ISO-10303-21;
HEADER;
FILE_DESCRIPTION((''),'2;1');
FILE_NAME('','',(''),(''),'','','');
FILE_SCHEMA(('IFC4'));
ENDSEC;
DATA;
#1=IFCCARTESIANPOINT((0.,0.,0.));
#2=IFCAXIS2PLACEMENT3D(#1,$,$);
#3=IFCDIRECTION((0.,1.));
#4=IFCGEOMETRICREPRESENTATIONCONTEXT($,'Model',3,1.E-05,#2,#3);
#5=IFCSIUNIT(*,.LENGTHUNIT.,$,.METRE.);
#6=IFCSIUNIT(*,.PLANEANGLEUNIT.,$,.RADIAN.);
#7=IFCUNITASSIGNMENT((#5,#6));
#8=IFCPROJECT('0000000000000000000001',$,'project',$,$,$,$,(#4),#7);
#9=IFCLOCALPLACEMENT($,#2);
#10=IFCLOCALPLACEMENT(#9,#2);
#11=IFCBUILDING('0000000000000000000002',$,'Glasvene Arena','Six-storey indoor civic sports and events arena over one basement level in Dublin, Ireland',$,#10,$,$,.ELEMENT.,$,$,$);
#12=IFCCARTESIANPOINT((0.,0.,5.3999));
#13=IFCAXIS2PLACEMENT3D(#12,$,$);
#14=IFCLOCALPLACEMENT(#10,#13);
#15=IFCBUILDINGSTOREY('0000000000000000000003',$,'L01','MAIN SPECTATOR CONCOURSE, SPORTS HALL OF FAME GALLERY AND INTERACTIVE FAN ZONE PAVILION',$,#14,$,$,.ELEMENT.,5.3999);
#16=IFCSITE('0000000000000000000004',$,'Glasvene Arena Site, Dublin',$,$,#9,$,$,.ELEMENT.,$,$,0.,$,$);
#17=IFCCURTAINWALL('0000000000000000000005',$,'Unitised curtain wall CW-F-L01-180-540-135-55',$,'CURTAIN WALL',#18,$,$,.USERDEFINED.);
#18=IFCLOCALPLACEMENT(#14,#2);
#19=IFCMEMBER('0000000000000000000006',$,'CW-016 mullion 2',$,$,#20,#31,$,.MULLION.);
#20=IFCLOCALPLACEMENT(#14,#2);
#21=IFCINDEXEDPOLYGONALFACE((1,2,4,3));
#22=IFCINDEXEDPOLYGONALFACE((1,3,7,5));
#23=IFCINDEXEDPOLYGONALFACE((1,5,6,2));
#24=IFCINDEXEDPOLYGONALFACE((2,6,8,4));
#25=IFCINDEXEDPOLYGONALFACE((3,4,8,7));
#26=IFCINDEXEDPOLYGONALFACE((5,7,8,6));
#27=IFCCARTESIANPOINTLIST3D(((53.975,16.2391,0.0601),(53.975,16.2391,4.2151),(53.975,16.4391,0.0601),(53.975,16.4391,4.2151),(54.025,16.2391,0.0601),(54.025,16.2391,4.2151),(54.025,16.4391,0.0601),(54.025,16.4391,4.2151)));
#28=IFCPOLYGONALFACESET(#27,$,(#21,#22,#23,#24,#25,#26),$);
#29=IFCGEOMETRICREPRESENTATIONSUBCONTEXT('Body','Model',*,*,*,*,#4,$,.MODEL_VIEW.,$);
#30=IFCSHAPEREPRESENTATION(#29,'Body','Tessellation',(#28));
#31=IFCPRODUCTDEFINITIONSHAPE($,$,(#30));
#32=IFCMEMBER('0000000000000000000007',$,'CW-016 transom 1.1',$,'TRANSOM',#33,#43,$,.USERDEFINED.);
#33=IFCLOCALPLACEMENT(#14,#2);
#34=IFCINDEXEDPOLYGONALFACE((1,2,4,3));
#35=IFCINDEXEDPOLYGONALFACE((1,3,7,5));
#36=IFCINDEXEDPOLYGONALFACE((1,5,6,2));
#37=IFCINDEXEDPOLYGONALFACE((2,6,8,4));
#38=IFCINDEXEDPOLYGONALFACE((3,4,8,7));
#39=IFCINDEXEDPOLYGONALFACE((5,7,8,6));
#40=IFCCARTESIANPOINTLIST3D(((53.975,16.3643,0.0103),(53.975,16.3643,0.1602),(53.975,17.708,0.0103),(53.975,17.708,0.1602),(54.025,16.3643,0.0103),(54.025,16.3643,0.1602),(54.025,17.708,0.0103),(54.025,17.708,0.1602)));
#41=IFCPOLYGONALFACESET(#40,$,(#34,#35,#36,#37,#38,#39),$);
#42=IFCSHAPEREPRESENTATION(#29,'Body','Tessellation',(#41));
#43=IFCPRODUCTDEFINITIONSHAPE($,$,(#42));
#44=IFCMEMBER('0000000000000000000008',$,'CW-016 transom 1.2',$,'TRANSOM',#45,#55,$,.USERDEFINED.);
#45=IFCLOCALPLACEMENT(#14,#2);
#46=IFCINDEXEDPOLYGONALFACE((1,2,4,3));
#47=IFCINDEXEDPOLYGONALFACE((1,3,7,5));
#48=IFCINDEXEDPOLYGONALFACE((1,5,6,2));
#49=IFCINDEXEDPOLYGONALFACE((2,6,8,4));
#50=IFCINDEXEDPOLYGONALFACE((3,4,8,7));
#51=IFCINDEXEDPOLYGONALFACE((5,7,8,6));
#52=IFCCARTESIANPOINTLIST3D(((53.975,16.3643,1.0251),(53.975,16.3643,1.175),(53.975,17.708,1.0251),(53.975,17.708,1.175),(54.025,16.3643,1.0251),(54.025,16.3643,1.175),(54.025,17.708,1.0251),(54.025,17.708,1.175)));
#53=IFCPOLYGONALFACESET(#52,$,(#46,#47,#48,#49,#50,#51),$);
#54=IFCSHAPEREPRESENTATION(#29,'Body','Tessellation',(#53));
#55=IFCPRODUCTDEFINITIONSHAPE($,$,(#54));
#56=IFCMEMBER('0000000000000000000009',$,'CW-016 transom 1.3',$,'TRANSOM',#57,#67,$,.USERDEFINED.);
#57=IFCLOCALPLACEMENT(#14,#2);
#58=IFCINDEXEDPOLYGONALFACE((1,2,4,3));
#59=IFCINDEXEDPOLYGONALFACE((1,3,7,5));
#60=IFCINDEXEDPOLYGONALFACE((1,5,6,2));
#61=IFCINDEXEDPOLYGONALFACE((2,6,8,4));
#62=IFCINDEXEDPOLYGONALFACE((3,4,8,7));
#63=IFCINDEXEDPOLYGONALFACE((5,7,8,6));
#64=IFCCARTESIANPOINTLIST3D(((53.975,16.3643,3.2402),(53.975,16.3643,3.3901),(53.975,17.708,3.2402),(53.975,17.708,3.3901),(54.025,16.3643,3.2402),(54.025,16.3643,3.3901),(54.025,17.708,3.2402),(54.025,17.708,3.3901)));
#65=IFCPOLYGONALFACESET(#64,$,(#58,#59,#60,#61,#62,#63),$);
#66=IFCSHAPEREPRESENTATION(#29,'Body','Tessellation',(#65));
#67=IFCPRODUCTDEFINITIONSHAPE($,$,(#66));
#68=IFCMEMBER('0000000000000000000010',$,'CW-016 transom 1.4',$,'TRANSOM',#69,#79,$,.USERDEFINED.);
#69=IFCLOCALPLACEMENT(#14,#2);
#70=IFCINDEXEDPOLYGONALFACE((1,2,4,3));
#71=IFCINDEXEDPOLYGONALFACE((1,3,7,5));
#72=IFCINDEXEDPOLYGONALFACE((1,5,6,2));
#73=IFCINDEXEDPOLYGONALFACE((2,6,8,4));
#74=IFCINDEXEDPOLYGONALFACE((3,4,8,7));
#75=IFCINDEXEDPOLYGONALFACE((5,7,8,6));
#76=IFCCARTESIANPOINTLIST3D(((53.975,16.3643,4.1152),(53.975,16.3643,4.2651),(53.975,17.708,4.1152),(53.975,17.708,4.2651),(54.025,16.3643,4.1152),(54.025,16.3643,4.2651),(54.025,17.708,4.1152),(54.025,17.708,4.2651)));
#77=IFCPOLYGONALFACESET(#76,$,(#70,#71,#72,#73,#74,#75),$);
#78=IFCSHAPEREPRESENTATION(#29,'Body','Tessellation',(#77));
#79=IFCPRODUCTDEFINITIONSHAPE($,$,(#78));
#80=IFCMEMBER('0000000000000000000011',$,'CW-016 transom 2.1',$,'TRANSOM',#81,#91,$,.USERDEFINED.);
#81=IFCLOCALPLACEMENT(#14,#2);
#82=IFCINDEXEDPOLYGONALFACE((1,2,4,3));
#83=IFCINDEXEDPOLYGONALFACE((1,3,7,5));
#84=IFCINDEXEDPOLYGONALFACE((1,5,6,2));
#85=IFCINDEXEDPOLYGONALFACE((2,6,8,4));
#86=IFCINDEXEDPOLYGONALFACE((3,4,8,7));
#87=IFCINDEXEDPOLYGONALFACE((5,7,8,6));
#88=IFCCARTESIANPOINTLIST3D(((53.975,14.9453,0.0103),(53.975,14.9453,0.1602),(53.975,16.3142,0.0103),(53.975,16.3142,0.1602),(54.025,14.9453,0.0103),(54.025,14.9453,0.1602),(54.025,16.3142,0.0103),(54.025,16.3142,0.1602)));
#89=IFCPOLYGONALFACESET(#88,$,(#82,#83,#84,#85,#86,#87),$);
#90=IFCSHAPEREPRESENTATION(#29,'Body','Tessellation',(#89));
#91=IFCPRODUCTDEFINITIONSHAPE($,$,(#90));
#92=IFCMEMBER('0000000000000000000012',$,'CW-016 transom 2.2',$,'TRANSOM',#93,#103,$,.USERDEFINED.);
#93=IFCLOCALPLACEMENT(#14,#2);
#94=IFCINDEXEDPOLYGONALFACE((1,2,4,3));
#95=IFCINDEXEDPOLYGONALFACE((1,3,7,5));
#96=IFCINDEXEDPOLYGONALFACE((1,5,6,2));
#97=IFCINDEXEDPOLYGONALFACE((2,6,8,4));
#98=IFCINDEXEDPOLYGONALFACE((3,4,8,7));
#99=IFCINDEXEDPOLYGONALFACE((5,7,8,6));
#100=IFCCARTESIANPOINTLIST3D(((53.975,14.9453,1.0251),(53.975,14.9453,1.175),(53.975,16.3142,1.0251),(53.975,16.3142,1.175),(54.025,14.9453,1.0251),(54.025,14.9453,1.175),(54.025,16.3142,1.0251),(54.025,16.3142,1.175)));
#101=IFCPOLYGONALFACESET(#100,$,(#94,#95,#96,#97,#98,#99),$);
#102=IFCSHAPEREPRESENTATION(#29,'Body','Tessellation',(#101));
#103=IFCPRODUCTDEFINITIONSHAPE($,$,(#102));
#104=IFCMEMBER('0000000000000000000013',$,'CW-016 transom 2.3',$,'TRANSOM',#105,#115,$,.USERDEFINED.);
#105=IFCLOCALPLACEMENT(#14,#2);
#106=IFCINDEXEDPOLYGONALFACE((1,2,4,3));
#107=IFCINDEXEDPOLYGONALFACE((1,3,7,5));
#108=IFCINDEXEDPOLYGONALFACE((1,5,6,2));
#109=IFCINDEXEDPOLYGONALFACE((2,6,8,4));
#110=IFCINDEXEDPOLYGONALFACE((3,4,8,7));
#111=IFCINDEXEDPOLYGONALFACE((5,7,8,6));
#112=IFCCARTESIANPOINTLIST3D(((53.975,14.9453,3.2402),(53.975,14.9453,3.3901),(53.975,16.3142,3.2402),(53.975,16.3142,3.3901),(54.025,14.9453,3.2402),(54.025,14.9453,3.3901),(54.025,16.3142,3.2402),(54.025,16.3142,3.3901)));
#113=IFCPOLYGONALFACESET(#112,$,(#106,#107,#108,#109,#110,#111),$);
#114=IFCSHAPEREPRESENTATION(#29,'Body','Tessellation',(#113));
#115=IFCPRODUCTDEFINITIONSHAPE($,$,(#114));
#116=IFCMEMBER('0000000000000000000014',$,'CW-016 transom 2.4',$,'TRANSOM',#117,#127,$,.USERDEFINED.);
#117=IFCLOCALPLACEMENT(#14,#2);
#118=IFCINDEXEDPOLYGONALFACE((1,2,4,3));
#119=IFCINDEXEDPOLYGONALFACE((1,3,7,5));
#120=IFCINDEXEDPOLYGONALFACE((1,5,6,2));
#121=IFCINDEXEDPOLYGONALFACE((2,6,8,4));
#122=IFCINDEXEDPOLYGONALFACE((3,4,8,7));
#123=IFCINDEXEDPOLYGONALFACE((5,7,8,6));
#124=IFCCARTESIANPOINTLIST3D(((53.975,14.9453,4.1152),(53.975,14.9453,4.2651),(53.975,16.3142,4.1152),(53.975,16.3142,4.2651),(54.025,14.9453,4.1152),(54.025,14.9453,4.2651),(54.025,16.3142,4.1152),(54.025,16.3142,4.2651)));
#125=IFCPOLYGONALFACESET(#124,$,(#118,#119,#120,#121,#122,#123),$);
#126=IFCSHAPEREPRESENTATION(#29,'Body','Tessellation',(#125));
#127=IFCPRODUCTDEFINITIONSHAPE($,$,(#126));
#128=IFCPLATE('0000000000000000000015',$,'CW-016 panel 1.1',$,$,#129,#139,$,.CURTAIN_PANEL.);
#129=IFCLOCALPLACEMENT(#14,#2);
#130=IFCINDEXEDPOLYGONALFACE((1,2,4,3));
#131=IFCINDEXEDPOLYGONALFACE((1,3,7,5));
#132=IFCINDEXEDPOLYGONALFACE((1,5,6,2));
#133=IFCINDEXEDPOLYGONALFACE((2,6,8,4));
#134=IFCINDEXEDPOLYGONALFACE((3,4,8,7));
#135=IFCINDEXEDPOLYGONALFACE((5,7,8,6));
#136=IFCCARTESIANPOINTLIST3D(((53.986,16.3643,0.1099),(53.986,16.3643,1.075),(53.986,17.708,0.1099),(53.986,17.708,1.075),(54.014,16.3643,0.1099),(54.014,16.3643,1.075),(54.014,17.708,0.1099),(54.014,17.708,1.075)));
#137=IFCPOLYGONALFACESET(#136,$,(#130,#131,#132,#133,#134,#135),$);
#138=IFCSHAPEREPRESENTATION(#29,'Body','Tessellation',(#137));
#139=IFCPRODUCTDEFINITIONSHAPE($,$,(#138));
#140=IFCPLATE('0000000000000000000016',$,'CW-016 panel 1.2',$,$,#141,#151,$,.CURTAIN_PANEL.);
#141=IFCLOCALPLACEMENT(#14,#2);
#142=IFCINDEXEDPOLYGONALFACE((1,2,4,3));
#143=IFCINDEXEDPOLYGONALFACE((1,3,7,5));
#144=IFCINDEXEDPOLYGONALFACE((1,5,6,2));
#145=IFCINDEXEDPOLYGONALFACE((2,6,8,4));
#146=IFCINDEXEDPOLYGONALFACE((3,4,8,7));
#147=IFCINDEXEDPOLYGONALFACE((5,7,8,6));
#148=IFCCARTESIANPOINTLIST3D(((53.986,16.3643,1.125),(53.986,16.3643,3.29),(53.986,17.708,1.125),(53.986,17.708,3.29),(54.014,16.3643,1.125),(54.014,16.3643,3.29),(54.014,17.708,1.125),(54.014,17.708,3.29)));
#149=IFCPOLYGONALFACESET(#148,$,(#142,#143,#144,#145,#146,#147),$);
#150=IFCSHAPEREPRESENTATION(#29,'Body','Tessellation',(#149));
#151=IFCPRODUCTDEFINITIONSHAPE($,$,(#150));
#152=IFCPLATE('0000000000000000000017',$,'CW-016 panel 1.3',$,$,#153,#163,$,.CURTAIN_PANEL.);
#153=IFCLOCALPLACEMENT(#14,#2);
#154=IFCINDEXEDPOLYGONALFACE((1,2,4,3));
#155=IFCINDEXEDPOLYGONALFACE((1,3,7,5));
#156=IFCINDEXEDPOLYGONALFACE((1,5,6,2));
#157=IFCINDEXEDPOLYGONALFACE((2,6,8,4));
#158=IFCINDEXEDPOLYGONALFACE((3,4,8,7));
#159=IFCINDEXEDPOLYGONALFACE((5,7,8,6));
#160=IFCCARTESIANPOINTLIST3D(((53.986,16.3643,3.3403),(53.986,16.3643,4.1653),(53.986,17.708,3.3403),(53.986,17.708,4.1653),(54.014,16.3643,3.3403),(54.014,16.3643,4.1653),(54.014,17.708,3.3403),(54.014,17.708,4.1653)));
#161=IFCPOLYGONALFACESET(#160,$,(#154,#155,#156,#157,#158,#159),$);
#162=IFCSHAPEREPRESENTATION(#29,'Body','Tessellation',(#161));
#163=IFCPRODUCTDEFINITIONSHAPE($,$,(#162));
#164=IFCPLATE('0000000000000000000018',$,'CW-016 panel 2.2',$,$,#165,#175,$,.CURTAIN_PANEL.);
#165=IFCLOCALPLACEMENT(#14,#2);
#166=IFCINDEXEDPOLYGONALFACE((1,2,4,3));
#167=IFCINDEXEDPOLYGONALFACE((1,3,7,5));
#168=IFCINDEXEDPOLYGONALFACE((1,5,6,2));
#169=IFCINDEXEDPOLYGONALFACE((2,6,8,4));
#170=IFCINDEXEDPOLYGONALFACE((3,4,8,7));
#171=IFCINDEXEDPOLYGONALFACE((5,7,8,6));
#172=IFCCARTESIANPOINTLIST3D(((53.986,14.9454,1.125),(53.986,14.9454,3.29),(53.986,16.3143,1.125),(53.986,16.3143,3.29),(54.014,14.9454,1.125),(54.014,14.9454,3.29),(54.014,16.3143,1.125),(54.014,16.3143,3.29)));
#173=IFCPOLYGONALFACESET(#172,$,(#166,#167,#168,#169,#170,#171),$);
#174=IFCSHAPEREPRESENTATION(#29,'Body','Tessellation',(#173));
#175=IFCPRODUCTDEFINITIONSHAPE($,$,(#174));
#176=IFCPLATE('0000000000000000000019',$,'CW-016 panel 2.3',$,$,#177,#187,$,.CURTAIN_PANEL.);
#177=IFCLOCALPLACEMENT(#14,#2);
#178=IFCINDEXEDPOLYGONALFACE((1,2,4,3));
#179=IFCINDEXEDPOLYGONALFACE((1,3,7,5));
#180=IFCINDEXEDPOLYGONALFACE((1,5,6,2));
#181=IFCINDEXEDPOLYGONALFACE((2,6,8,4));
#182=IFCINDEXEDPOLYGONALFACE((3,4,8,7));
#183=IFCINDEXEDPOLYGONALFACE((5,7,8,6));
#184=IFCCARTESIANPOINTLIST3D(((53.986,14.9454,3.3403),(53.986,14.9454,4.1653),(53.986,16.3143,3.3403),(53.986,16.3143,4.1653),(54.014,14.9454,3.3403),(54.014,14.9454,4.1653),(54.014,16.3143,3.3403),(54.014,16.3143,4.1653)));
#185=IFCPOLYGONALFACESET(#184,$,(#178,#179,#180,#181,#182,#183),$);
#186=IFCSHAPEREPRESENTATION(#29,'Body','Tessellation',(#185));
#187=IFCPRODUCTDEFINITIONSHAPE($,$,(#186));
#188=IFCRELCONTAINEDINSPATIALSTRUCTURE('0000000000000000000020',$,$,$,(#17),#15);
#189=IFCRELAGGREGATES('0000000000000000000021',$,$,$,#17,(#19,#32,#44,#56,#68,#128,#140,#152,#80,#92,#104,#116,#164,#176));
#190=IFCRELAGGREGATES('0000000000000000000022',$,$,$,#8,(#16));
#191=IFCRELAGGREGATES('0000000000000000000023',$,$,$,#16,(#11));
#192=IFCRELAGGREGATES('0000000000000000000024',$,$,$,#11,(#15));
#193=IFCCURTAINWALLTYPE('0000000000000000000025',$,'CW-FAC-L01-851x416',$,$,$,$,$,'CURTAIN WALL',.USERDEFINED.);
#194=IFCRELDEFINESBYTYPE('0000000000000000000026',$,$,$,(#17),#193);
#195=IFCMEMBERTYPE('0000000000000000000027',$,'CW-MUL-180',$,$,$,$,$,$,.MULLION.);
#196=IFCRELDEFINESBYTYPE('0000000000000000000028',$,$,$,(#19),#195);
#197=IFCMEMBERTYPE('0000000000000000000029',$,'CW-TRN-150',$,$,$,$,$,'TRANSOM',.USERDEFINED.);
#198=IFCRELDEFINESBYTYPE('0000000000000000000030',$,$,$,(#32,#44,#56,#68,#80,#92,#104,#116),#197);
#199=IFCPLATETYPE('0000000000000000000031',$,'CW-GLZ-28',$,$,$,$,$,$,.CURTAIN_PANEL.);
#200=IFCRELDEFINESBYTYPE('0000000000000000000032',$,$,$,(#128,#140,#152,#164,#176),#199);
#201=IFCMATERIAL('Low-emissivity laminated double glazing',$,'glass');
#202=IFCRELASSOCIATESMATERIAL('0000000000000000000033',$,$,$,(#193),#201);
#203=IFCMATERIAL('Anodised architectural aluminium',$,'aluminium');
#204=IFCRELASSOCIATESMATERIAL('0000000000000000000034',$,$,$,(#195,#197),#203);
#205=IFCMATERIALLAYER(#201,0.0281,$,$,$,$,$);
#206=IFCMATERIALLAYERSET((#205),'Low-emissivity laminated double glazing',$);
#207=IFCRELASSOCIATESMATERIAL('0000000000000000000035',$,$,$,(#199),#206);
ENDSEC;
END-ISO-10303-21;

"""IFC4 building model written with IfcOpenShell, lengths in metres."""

from ifc_helpers import new_model, si_unit, direction, frame, origin, origin_2d, place, context, subcontext, project, spatial, rectangle, extrude, material, layer, layer_set, material_profile, profile_set, type_object, element, aggregate, save


model = new_model("IFC4")

# Units and contexts
model_context = context("Model", 3, precision=1e-05, world=origin(), true_north=direction((0.0, 1.0)))
body_context = subcontext(model_context, "Body", "Model", "MODEL_VIEW")
ifc_project = project(units=[si_unit("LENGTHUNIT", "METRE"), si_unit("PLANEANGLEUNIT", "RADIAN")], contexts=[model_context])

# Site, building, storey
site_placement = place(None, origin())
site = spatial("IfcSite", under=ifc_project, at=site_placement, Name="Glasvene Arena Site, Dublin", CompositionType="ELEMENT", RefElevation=0.0)
building_placement = place(site_placement, origin())
building = spatial("IfcBuilding", under=site, at=building_placement, Name="Glasvene Arena", Description="Six-storey indoor civic sports and events arena over one basement level in Dublin, Ireland", CompositionType="ELEMENT")
storey_placement = place(building_placement, frame((0.0, 0.0, 5.3999)))
storey = spatial("IfcBuildingStorey", under=building, at=storey_placement, Name="L01", Description="MAIN SPECTATOR CONCOURSE, SPORTS HALL OF FAME GALLERY AND INTERACTIVE FAN ZONE PAVILION", CompositionType="ELEMENT", Elevation=5.3999)

# Curtain wall, members, plates
ifc_material_1 = material(Name="Low-emissivity laminated double glazing", Category="glass")
curtain_wall_type = type_object("IfcCurtainWallType", Name="CW-FAC-L01-851x416", ElementType="CURTAIN WALL", PredefinedType="USERDEFINED", material=ifc_material_1)
curtain_wall_placement = place(storey_placement, frame((54.0, 17.7581, 0.0)))
curtain_wall = element("IfcCurtainWall", 1, at=curtain_wall_placement, inside=storey, type_object=curtain_wall_type, Name="Unitised curtain wall CW-F-L01-180-540-135-55", ObjectType="CURTAIN WALL", PredefinedType="USERDEFINED")
ifc_material_2 = material(Name="Anodised architectural aluminium", Category="aluminium")
ifc_material_profile_1 = material_profile(ifc_material_2, rectangle(XDim=0.05, YDim=0.2, at=origin_2d()), Name="ALU MULLION 50x200")
ifc_profile_set_1 = profile_set([ifc_material_profile_1], Name="Anodised architectural aluminium")
member_type_1 = type_object("IfcMemberType", Name="CW-MUL-180", PredefinedType="MULLION", material=ifc_profile_set_1)
member_1_placement = place(storey_placement, frame((54.0, 16.3391, 0.0601), z_axis=(0.0, 0.0, 1.0), x_axis=(1.0, 0.0, 0.0)))
member_1 = element("IfcMember", 2, at=member_1_placement, type_object=member_type_1, Name="CW-016 mullion 2", PredefinedType="MULLION", context=body_context, shape_type="SweptSolid", body=[
    extrude(rectangle(XDim=0.05, YDim=0.2, at=origin_2d()), origin(), (0.0, 0.0, 1.0), 4.155),
])
ifc_material_profile_2 = material_profile(ifc_material_2, rectangle(XDim=0.05, YDim=0.1499, at=origin_2d()), Name="ALU TRANSOM 50x150")
ifc_profile_set_2 = profile_set([ifc_material_profile_2], Name="Anodised architectural aluminium")
member_type_2 = type_object("IfcMemberType", Name="CW-TRN-150", ElementType="TRANSOM", PredefinedType="USERDEFINED", material=ifc_profile_set_2)
member_2_placement = place(storey_placement, frame((54.0, 17.708, 0.0852), z_axis=(0.0, -1.0, 0.0), x_axis=(1.0, 0.0, 0.0)))
member_2 = element("IfcMember", 3, at=member_2_placement, type_object=member_type_2, Name="CW-016 transom 1.1", ObjectType="TRANSOM", PredefinedType="USERDEFINED", context=body_context, shape_type="SweptSolid", body=[
    extrude(rectangle(XDim=0.05, YDim=0.1499, at=origin_2d()), origin(), (0.0, 0.0, 1.0), 1.3438),
])
member_3_placement = place(storey_placement, frame((54.0, 17.708, 1.1001), z_axis=(0.0, -1.0, 0.0), x_axis=(1.0, 0.0, 0.0)))
member_3 = element("IfcMember", 4, at=member_3_placement, type_object=member_type_2, Name="CW-016 transom 1.2", ObjectType="TRANSOM", PredefinedType="USERDEFINED", context=body_context, shape_type="SweptSolid", body=[
    extrude(rectangle(XDim=0.05, YDim=0.1499, at=origin_2d()), origin(), (0.0, 0.0, 1.0), 1.3438),
])
member_4_placement = place(storey_placement, frame((54.0, 17.708, 3.3152), z_axis=(0.0, -1.0, 0.0), x_axis=(1.0, 0.0, 0.0)))
member_4 = element("IfcMember", 5, at=member_4_placement, type_object=member_type_2, Name="CW-016 transom 1.3", ObjectType="TRANSOM", PredefinedType="USERDEFINED", context=body_context, shape_type="SweptSolid", body=[
    extrude(rectangle(XDim=0.05, YDim=0.1499, at=origin_2d()), origin(), (0.0, 0.0, 1.0), 1.3438),
])
member_5_placement = place(storey_placement, frame((54.0, 17.708, 4.1902), z_axis=(0.0, -1.0, 0.0), x_axis=(1.0, 0.0, 0.0)))
member_5 = element("IfcMember", 6, at=member_5_placement, type_object=member_type_2, Name="CW-016 transom 1.4", ObjectType="TRANSOM", PredefinedType="USERDEFINED", context=body_context, shape_type="SweptSolid", body=[
    extrude(rectangle(XDim=0.05, YDim=0.1499, at=origin_2d()), origin(), (0.0, 0.0, 1.0), 1.3438),
])
member_6_placement = place(storey_placement, frame((54.0, 16.3142, 0.0852), z_axis=(0.0, -1.0, 0.0), x_axis=(1.0, 0.0, 0.0)))
member_6 = element("IfcMember", 7, at=member_6_placement, type_object=member_type_2, Name="CW-016 transom 2.1", ObjectType="TRANSOM", PredefinedType="USERDEFINED", context=body_context, shape_type="SweptSolid", body=[
    extrude(rectangle(XDim=0.05, YDim=0.1499, at=origin_2d()), origin(), (0.0, 0.0, 1.0), 1.3689),
])
member_7_placement = place(storey_placement, frame((54.0, 16.3142, 1.1001), z_axis=(0.0, -1.0, 0.0), x_axis=(1.0, 0.0, 0.0)))
member_7 = element("IfcMember", 8, at=member_7_placement, type_object=member_type_2, Name="CW-016 transom 2.2", ObjectType="TRANSOM", PredefinedType="USERDEFINED", context=body_context, shape_type="SweptSolid", body=[
    extrude(rectangle(XDim=0.05, YDim=0.1499, at=origin_2d()), origin(), (0.0, 0.0, 1.0), 1.3689),
])
member_8_placement = place(storey_placement, frame((54.0, 16.3142, 3.3152), z_axis=(0.0, -1.0, 0.0), x_axis=(1.0, 0.0, 0.0)))
member_8 = element("IfcMember", 9, at=member_8_placement, type_object=member_type_2, Name="CW-016 transom 2.3", ObjectType="TRANSOM", PredefinedType="USERDEFINED", context=body_context, shape_type="SweptSolid", body=[
    extrude(rectangle(XDim=0.05, YDim=0.1499, at=origin_2d()), origin(), (0.0, 0.0, 1.0), 1.3689),
])
member_9_placement = place(storey_placement, frame((54.0, 16.3142, 4.1902), z_axis=(0.0, -1.0, 0.0), x_axis=(1.0, 0.0, 0.0)))
member_9 = element("IfcMember", 10, at=member_9_placement, type_object=member_type_2, Name="CW-016 transom 2.4", ObjectType="TRANSOM", PredefinedType="USERDEFINED", context=body_context, shape_type="SweptSolid", body=[
    extrude(rectangle(XDim=0.05, YDim=0.1499, at=origin_2d()), origin(), (0.0, 0.0, 1.0), 1.3689),
])
ifc_layer_1 = layer(ifc_material_1, 0.0281)
ifc_layer_set_1 = layer_set([ifc_layer_1], Name="Low-emissivity laminated double glazing")
plate_type = type_object("IfcPlateType", Name="CW-GLZ-28", PredefinedType="CURTAIN_PANEL", material=ifc_layer_set_1)
plate_1_placement = place(storey_placement, frame((54.0, 17.0361, 0.1099), z_axis=(0.0, 0.0, 1.0), x_axis=(0.0, -1.0, 0.0)))
plate_1 = element("IfcPlate", 11, at=plate_1_placement, type_object=plate_type, Name="CW-016 panel 1.1", PredefinedType="CURTAIN_PANEL", context=body_context, shape_type="SweptSolid", body=[
    extrude(rectangle(XDim=1.3438, YDim=0.0281, at=origin_2d()), origin(), (0.0, 0.0, 1.0), 0.9651),
])
plate_2_placement = place(storey_placement, frame((54.0, 17.0361, 1.125), z_axis=(0.0, 0.0, 1.0), x_axis=(0.0, -1.0, 0.0)))
plate_2 = element("IfcPlate", 12, at=plate_2_placement, type_object=plate_type, Name="CW-016 panel 1.2", PredefinedType="CURTAIN_PANEL", context=body_context, shape_type="SweptSolid", body=[
    extrude(rectangle(XDim=1.3438, YDim=0.0281, at=origin_2d()), origin(), (0.0, 0.0, 1.0), 2.165),
])
plate_3_placement = place(storey_placement, frame((54.0, 17.0361, 3.3403), z_axis=(0.0, 0.0, 1.0), x_axis=(0.0, -1.0, 0.0)))
plate_3 = element("IfcPlate", 13, at=plate_3_placement, type_object=plate_type, Name="CW-016 panel 1.3", PredefinedType="CURTAIN_PANEL", context=body_context, shape_type="SweptSolid", body=[
    extrude(rectangle(XDim=1.3438, YDim=0.0281, at=origin_2d()), origin(), (0.0, 0.0, 1.0), 0.825),
])
plate_4_placement = place(storey_placement, frame((54.0, 15.6299, 1.125), z_axis=(0.0, 0.0, 1.0), x_axis=(0.0, -1.0, 0.0)))
plate_4 = element("IfcPlate", 14, at=plate_4_placement, type_object=plate_type, Name="CW-016 panel 2.2", PredefinedType="CURTAIN_PANEL", context=body_context, shape_type="SweptSolid", body=[
    extrude(rectangle(XDim=1.3689, YDim=0.0281, at=origin_2d()), origin(), (0.0, 0.0, 1.0), 2.165),
])
plate_5_placement = place(storey_placement, frame((54.0, 15.6299, 3.3403), z_axis=(0.0, 0.0, 1.0), x_axis=(0.0, -1.0, 0.0)))
plate_5 = element("IfcPlate", 15, at=plate_5_placement, type_object=plate_type, Name="CW-016 panel 2.3", PredefinedType="CURTAIN_PANEL", context=body_context, shape_type="SweptSolid", body=[
    extrude(rectangle(XDim=1.3689, YDim=0.0281, at=origin_2d()), origin(), (0.0, 0.0, 1.0), 0.825),
])
aggregate(curtain_wall, [member_1, member_2, member_3, member_4, member_5, plate_1, plate_2, plate_3, member_6, member_7, member_8, member_9, plate_4, plate_5])

save(model, "model.ifc")
